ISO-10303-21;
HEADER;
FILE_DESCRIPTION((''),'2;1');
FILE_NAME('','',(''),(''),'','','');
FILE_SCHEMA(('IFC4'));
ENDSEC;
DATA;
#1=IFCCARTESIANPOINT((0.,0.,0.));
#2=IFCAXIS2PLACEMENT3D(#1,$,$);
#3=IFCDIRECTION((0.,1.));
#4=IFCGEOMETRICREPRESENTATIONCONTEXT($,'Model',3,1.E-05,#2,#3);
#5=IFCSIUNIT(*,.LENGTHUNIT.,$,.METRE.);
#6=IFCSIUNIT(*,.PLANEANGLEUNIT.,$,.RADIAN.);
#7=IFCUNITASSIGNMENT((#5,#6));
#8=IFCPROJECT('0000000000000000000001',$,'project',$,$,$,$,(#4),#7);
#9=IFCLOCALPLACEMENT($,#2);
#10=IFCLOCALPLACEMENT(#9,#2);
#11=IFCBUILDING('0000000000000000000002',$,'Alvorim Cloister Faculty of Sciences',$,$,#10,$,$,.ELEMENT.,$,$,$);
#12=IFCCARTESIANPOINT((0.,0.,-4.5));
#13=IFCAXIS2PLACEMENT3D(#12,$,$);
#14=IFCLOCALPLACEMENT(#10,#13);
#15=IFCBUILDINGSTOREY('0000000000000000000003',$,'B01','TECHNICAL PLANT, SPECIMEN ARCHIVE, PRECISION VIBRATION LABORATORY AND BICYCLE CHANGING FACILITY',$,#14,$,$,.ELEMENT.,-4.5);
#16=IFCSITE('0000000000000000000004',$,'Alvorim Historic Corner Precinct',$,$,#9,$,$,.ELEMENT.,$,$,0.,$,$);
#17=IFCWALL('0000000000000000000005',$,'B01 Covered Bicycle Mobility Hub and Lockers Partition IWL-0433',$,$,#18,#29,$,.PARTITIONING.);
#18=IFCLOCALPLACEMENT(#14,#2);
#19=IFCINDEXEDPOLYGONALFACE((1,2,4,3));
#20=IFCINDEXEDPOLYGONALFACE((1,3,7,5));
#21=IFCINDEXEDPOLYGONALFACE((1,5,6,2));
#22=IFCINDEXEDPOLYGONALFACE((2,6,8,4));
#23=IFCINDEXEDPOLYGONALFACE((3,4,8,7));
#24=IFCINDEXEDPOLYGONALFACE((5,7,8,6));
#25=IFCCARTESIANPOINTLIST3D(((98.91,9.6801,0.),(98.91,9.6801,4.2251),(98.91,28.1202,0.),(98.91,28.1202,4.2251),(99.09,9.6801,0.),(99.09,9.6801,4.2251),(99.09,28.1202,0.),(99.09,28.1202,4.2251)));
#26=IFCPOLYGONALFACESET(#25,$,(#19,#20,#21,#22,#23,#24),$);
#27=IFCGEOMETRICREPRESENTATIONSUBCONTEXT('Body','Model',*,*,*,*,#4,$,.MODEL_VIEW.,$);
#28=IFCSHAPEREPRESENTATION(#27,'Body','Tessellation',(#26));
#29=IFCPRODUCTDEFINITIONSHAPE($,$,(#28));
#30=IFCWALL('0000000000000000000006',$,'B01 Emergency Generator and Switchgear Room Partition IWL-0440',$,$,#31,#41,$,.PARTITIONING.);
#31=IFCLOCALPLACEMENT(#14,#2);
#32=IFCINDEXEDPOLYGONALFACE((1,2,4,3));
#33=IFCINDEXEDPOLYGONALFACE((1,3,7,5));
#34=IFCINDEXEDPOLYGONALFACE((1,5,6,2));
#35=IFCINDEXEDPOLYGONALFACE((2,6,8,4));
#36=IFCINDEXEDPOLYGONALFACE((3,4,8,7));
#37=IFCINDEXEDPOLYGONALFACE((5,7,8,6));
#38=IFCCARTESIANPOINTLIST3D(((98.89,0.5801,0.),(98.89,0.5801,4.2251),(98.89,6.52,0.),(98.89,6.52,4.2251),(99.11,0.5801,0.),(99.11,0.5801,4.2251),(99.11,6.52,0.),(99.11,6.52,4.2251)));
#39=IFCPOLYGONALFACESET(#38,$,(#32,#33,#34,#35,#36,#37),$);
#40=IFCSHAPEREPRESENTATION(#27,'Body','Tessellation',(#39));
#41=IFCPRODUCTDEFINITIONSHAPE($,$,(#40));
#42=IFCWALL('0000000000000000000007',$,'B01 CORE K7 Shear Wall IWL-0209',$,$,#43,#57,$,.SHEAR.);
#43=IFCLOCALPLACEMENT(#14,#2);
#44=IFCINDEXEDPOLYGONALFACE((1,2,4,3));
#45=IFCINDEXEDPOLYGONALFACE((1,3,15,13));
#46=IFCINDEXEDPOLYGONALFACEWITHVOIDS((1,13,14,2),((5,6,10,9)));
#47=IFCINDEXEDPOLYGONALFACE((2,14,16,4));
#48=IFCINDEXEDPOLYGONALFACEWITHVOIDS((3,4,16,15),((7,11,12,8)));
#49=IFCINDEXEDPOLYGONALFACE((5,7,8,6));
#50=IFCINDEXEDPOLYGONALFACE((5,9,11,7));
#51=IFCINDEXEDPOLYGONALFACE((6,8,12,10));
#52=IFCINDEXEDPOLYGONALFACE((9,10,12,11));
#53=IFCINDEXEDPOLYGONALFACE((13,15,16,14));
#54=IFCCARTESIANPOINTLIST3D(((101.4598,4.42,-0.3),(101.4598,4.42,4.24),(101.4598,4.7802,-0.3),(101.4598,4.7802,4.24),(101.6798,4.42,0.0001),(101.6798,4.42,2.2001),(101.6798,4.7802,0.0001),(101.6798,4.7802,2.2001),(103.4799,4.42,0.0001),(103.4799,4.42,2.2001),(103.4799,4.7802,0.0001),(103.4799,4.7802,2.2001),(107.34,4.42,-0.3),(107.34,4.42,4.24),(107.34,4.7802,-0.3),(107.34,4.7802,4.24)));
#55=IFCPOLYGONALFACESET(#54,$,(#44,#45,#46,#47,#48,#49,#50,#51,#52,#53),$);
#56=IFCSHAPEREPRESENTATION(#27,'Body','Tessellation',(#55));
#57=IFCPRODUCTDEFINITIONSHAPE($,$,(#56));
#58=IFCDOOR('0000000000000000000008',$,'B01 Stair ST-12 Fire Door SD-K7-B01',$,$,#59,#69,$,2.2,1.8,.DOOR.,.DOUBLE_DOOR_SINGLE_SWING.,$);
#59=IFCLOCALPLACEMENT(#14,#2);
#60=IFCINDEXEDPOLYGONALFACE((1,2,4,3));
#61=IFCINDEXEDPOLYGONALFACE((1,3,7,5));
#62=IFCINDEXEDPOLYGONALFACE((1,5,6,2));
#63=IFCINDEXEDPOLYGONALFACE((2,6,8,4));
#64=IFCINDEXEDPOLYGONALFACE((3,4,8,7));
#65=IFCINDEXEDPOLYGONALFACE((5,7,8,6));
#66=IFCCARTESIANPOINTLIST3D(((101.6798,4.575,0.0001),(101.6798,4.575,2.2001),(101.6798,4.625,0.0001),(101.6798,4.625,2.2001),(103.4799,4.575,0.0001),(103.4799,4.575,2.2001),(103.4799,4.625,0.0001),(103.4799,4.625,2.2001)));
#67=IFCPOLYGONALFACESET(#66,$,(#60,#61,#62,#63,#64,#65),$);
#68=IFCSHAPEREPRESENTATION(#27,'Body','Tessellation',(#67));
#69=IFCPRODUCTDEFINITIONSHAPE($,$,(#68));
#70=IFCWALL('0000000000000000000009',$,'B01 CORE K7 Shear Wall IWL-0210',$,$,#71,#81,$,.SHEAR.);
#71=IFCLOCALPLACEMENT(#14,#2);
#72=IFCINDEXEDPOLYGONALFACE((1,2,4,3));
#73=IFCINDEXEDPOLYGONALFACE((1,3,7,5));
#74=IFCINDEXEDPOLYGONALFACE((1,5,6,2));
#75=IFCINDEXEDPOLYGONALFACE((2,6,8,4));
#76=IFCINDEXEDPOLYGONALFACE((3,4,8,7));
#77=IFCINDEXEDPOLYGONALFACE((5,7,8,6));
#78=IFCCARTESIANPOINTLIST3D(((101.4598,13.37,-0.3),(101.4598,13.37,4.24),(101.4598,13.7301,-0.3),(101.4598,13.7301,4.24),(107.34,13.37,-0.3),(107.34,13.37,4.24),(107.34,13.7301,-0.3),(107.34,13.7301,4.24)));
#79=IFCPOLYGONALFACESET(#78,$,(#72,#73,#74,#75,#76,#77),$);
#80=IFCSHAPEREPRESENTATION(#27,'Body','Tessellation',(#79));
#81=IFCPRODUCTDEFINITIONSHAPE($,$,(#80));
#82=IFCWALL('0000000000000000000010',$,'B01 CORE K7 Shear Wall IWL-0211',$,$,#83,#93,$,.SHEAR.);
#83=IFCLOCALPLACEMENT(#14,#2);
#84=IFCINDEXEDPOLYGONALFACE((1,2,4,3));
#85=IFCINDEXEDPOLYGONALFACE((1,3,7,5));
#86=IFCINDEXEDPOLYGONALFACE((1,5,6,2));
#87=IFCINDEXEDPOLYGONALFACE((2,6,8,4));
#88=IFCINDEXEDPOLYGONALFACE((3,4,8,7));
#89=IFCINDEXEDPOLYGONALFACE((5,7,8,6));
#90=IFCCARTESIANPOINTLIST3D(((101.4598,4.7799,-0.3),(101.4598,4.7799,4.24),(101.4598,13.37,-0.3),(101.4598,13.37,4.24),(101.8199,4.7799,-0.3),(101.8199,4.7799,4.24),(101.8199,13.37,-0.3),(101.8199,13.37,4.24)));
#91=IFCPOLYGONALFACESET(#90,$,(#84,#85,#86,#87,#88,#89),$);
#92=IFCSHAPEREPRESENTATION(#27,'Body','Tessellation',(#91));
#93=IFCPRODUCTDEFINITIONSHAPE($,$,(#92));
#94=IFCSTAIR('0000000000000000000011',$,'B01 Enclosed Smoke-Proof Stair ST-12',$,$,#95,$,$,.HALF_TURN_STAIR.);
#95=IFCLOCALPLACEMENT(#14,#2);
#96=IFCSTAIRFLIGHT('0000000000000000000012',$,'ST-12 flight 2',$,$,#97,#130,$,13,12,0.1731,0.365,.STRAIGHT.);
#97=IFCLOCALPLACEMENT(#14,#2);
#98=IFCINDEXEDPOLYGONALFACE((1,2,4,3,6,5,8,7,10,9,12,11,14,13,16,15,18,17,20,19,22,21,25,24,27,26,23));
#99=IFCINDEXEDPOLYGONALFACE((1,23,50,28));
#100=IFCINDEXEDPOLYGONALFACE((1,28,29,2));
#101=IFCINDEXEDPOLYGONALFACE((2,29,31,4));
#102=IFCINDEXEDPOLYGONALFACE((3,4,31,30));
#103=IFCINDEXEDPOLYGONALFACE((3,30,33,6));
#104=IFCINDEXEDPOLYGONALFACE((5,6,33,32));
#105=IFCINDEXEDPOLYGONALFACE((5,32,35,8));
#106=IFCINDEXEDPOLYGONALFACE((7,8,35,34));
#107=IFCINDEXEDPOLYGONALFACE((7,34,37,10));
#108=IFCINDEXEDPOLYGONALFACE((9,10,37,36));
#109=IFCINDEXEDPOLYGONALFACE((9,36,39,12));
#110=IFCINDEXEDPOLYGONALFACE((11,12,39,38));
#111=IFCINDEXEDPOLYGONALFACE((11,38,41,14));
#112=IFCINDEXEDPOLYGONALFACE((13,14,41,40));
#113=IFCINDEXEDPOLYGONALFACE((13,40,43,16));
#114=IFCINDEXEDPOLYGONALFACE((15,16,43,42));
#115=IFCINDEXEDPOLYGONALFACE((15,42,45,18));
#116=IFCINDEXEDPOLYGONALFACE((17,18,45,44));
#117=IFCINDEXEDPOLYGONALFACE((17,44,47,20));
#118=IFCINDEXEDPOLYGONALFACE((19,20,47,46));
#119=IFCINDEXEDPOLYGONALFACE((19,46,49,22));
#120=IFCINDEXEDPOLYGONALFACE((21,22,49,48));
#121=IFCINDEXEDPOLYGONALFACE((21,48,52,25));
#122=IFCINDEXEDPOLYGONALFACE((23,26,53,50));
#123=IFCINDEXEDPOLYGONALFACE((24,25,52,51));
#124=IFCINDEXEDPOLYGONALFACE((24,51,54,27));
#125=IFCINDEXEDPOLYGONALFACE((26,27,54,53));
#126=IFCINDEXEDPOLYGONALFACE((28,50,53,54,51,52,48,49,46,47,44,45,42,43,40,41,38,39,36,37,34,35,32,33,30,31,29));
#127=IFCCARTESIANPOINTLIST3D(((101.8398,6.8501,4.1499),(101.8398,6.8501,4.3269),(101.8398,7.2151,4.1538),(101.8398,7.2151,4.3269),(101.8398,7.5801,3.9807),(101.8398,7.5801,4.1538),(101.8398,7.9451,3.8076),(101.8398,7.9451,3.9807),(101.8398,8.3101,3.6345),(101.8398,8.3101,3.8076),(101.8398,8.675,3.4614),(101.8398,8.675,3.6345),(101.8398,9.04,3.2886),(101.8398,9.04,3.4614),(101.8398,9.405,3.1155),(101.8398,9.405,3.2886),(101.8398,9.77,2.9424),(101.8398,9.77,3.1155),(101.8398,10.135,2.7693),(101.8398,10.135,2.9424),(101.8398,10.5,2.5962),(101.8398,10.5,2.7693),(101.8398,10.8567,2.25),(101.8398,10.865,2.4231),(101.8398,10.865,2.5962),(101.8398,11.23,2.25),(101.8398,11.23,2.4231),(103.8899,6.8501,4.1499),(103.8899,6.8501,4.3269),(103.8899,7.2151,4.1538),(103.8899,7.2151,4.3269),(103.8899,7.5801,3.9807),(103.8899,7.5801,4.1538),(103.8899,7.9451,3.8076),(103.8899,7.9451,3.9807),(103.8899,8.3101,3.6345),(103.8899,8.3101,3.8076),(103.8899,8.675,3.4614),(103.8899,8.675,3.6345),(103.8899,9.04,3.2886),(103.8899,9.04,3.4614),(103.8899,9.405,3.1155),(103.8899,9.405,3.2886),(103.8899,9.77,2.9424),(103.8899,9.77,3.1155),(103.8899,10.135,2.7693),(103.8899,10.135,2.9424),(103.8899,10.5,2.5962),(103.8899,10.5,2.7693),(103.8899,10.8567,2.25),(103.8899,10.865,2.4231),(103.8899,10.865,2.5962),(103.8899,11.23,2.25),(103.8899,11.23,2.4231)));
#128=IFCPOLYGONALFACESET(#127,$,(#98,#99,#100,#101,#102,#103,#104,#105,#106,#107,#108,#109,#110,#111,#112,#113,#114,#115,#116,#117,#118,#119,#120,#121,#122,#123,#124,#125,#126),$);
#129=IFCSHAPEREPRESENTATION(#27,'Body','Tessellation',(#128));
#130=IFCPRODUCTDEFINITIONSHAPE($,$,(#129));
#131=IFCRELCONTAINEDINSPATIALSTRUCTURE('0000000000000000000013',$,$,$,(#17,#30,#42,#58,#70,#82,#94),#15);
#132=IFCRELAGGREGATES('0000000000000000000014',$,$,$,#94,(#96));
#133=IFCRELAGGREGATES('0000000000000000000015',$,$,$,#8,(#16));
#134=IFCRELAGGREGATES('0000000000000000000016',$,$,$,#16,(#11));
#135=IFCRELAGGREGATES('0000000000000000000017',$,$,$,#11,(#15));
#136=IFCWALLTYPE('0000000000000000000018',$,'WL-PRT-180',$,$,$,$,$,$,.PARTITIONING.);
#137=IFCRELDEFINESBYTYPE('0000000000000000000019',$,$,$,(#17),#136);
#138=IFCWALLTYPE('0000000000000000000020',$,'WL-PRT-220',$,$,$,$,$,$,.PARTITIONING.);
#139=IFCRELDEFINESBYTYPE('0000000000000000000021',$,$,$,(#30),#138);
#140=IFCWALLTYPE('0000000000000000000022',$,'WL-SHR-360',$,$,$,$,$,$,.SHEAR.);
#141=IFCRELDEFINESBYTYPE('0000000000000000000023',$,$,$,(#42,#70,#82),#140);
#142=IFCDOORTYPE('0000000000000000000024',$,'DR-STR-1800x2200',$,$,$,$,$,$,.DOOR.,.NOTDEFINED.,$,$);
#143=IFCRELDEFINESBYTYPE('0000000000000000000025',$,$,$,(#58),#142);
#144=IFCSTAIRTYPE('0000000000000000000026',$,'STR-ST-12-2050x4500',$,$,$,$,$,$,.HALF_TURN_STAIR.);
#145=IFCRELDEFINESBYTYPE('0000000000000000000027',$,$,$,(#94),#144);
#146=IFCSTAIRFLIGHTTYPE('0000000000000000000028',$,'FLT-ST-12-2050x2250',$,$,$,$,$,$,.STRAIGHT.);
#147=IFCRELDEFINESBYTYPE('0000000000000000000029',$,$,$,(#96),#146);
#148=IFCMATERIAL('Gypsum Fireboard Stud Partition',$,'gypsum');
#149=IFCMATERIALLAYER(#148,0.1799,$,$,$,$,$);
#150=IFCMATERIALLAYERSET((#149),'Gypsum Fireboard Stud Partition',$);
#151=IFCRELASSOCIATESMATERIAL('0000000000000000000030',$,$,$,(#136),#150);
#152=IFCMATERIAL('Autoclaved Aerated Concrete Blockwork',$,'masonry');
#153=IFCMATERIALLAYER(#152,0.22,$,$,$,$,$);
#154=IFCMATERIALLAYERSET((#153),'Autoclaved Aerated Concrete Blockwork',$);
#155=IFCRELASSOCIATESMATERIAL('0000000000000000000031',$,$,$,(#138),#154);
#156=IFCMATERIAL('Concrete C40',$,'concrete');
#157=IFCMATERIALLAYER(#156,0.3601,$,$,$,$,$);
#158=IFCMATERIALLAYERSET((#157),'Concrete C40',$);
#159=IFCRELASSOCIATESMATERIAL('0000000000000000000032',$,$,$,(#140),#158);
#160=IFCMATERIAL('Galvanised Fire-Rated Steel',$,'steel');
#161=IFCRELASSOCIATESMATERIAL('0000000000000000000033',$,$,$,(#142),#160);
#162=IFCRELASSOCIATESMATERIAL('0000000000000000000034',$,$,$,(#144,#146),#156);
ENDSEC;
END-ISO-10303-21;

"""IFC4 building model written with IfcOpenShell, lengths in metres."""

from ifc_helpers import new_model, si_unit, direction, frame, frame_2d, origin, place, context, subcontext, project, spatial, polyline, rectangle, outline, extrude, material, layer, layer_set, type_object, element, fill, aggregate, save


model = new_model("IFC4")

# Units and contexts
model_context = context("Model", 3, precision=1e-05, world=origin(), true_north=direction((0.0, 1.0)))
body_context = subcontext(model_context, "Body", "Model", "MODEL_VIEW")
ifc_project = project(units=[si_unit("LENGTHUNIT", "METRE"), si_unit("PLANEANGLEUNIT", "RADIAN")], contexts=[model_context])

# Site, building, storey
site_placement = place(None, origin())
site = spatial("IfcSite", under=ifc_project, at=site_placement, Name="Alvorim Historic Corner Precinct", CompositionType="ELEMENT", RefElevation=0.0)
building_placement = place(site_placement, origin())
building = spatial("IfcBuilding", under=site, at=building_placement, Name="Alvorim Cloister Faculty of Sciences", CompositionType="ELEMENT")
storey_placement = place(building_placement, frame((0.0, 0.0, -4.5)))
storey = spatial("IfcBuildingStorey", under=building, at=storey_placement, Name="B01", Description="TECHNICAL PLANT, SPECIMEN ARCHIVE, PRECISION VIBRATION LABORATORY AND BICYCLE CHANGING FACILITY", CompositionType="ELEMENT", Elevation=-4.5)

# Shared definitions
ifc_material_1 = material(Name="Concrete C40", Category="concrete")

# Walls
ifc_material_2 = material(Name="Gypsum Fireboard Stud Partition", Category="gypsum")
ifc_layer_1 = layer(ifc_material_2, 0.1799)
ifc_layer_set_1 = layer_set([ifc_layer_1], Name="Gypsum Fireboard Stud Partition")
wall_type_1 = type_object("IfcWallType", Name="WL-PRT-180", PredefinedType="PARTITIONING", material=ifc_layer_set_1)
wall_1_placement = place(storey_placement, frame((99.0, 9.6799, 0.0), z_axis=(0.0, 0.0, 1.0), x_axis=(0.0, 1.0, 0.0)))
element("IfcWall", 1, at=wall_1_placement, inside=storey, type_object=wall_type_1, Name="B01 Covered Bicycle Mobility Hub and Lockers Partition IWL-0433", PredefinedType="PARTITIONING", context=body_context, shape_type="SweptSolid", body=[
    extrude(rectangle(XDim=18.4402, YDim=0.1799, at=frame_2d((9.2202, 0.0))), origin(), (0.0, 0.0, 1.0), 4.2251),
])
ifc_material_3 = material(Name="Autoclaved Aerated Concrete Blockwork", Category="masonry")
ifc_layer_2 = layer(ifc_material_3, 0.22)
ifc_layer_set_2 = layer_set([ifc_layer_2], Name="Autoclaved Aerated Concrete Blockwork")
wall_type_2 = type_object("IfcWallType", Name="WL-PRT-220", PredefinedType="PARTITIONING", material=ifc_layer_set_2)
wall_2_placement = place(storey_placement, frame((99.0, 0.5801, 0.0), z_axis=(0.0, 0.0, 1.0), x_axis=(0.0, 1.0, 0.0)))
element("IfcWall", 2, at=wall_2_placement, inside=storey, type_object=wall_type_2, Name="B01 Emergency Generator and Switchgear Room Partition IWL-0440", PredefinedType="PARTITIONING", context=body_context, shape_type="SweptSolid", body=[
    extrude(rectangle(XDim=5.9399, YDim=0.22, at=frame_2d((2.97, 0.0))), origin(), (0.0, 0.0, 1.0), 4.2251),
])

# Wall, opening, door
ifc_layer_3 = layer(ifc_material_1, 0.3601)
ifc_layer_set_3 = layer_set([ifc_layer_3], Name="Concrete C40")
wall_type_3 = type_object("IfcWallType", Name="WL-SHR-360", PredefinedType="SHEAR", material=ifc_layer_set_3)
wall_3_placement = place(storey_placement, frame((101.46, 4.6001, -0.3), z_axis=(0.0, 0.0, 1.0), x_axis=(1.0, 0.0, 0.0)))
wall_3 = element("IfcWall", 3, at=wall_3_placement, inside=storey, type_object=wall_type_3, Name="B01 CORE K7 Shear Wall IWL-0209", PredefinedType="SHEAR", context=body_context, shape_type="SweptSolid", body=[
    extrude(rectangle(XDim=5.8801, YDim=0.3601, at=frame_2d((2.9399, 0.0))), origin(), (0.0, 0.0, 1.0), 4.54),
])
opening_placement = place(wall_3_placement, frame((0.22, 0.0, 0.3)))
opening = element("IfcOpeningElement", 4, at=opening_placement, cuts=wall_3, PredefinedType="OPENING", context=body_context, shape_type="SweptSolid", body=[
    extrude(rectangle(XDim=1.8, YDim=2.2, at=frame_2d((0.8999, 1.1001))), frame((0.0, 0.1919, 0.0), z_axis=(0.0, -1.0, 0.0), x_axis=(1.0, 0.0, 0.0)), (0.0, 0.0, 1.0), 0.384),
])
ifc_material_4 = material(Name="Galvanised Fire-Rated Steel", Category="steel")
door_type = type_object("IfcDoorType", Name="DR-STR-1800x2200", OperationType="NOTDEFINED", PredefinedType="DOOR", material=ifc_material_4)
door_placement = place(opening_placement, origin())
door = element("IfcDoor", 5, at=door_placement, inside=storey, type_object=door_type, Name="B01 Stair ST-12 Fire Door SD-K7-B01", OperationType="DOUBLE_DOOR_SINGLE_SWING", OverallHeight=2.2, OverallWidth=1.8, PredefinedType="DOOR", context=body_context, shape_type="SweptSolid", body=[
    extrude(rectangle(XDim=1.8, YDim=2.2, at=frame_2d((0.8999, 1.1001))), frame((0.0, 0.0249, 0.0), z_axis=(0.0, -1.0, 0.0), x_axis=(1.0, 0.0, 0.0)), (0.0, 0.0, 1.0), 0.05),
])
fill(opening, door)

# Walls
wall_4_placement = place(storey_placement, frame((101.46, 13.55, -0.3), z_axis=(0.0, 0.0, 1.0), x_axis=(1.0, 0.0, 0.0)))
element("IfcWall", 6, at=wall_4_placement, inside=storey, type_object=wall_type_3, Name="B01 CORE K7 Shear Wall IWL-0210", PredefinedType="SHEAR", context=body_context, shape_type="SweptSolid", body=[
    extrude(rectangle(XDim=5.8801, YDim=0.3601, at=frame_2d((2.9399, 0.0))), origin(), (0.0, 0.0, 1.0), 4.54),
])
wall_5_placement = place(storey_placement, frame((101.6399, 4.78, -0.3), z_axis=(0.0, 0.0, 1.0), x_axis=(0.0, 1.0, 0.0)))
element("IfcWall", 7, at=wall_5_placement, inside=storey, type_object=wall_type_3, Name="B01 CORE K7 Shear Wall IWL-0211", PredefinedType="SHEAR", context=body_context, shape_type="SweptSolid", body=[
    extrude(rectangle(XDim=8.5901, YDim=0.3601, at=frame_2d((4.2949, 0.0))), origin(), (0.0, 0.0, 1.0), 4.54),
])

# Stair, stair flight
stair_type = type_object("IfcStairType", Name="STR-ST-12-2050x4500", PredefinedType="HALF_TURN_STAIR", material=ifc_material_1)
stair_placement = place(storey_placement, origin())
stair = element("IfcStair", 8, at=stair_placement, inside=storey, type_object=stair_type, Name="B01 Enclosed Smoke-Proof Stair ST-12", PredefinedType="HALF_TURN_STAIR")
stair_flight_type = type_object("IfcStairFlightType", Name="FLT-ST-12-2050x2250", PredefinedType="STRAIGHT", material=ifc_material_1)
stair_flight_placement = place(storey_placement, frame((102.865, 11.23, 2.25), z_axis=(0.0, 0.0, 1.0), x_axis=(0.0, -1.0, 0.0)))
stair_flight = element("IfcStairFlight", 9, at=stair_flight_placement, type_object=stair_flight_type, Name="ST-12 flight 2", NumberOfRisers=13, NumberOfTreads=12, PredefinedType="STRAIGHT", RiserHeight=0.1731, TreadLength=0.365, context=body_context, shape_type="SweptSolid", body=[
    extrude(outline(polyline([(0.3733, 0.0), (4.3799, 1.8999), (4.3799, 2.25), (4.3799, 2.0769), (4.0149, 2.0769), (4.0149, 1.9038), (3.6499, 1.9038), (3.6499, 1.7307), (3.2849, 1.7307), (3.2849, 1.5576), (2.9199, 1.5576), (2.9199, 1.3845), (2.5549, 1.3845), (2.5549, 1.2114), (2.1899, 1.2114), (2.1899, 1.0386), (1.825, 1.0386), (1.825, 0.8655), (1.46, 0.8655), (1.46, 0.6924), (1.095, 0.6924), (1.095, 0.5193), (0.73, 0.5193), (0.73, 0.3462), (0.365, 0.3462), (0.365, 0.1731), (0.0, 0.1731), (0.0, 0.0), (0.3733, 0.0)])), frame((0.0, 1.0249, 0.0), z_axis=(0.0, -1.0, 0.0), x_axis=(1.0, 0.0, 0.0)), (0.0, 0.0, 1.0), 2.05),
])
aggregate(stair, [stair_flight])

save(model, "model.ifc")
